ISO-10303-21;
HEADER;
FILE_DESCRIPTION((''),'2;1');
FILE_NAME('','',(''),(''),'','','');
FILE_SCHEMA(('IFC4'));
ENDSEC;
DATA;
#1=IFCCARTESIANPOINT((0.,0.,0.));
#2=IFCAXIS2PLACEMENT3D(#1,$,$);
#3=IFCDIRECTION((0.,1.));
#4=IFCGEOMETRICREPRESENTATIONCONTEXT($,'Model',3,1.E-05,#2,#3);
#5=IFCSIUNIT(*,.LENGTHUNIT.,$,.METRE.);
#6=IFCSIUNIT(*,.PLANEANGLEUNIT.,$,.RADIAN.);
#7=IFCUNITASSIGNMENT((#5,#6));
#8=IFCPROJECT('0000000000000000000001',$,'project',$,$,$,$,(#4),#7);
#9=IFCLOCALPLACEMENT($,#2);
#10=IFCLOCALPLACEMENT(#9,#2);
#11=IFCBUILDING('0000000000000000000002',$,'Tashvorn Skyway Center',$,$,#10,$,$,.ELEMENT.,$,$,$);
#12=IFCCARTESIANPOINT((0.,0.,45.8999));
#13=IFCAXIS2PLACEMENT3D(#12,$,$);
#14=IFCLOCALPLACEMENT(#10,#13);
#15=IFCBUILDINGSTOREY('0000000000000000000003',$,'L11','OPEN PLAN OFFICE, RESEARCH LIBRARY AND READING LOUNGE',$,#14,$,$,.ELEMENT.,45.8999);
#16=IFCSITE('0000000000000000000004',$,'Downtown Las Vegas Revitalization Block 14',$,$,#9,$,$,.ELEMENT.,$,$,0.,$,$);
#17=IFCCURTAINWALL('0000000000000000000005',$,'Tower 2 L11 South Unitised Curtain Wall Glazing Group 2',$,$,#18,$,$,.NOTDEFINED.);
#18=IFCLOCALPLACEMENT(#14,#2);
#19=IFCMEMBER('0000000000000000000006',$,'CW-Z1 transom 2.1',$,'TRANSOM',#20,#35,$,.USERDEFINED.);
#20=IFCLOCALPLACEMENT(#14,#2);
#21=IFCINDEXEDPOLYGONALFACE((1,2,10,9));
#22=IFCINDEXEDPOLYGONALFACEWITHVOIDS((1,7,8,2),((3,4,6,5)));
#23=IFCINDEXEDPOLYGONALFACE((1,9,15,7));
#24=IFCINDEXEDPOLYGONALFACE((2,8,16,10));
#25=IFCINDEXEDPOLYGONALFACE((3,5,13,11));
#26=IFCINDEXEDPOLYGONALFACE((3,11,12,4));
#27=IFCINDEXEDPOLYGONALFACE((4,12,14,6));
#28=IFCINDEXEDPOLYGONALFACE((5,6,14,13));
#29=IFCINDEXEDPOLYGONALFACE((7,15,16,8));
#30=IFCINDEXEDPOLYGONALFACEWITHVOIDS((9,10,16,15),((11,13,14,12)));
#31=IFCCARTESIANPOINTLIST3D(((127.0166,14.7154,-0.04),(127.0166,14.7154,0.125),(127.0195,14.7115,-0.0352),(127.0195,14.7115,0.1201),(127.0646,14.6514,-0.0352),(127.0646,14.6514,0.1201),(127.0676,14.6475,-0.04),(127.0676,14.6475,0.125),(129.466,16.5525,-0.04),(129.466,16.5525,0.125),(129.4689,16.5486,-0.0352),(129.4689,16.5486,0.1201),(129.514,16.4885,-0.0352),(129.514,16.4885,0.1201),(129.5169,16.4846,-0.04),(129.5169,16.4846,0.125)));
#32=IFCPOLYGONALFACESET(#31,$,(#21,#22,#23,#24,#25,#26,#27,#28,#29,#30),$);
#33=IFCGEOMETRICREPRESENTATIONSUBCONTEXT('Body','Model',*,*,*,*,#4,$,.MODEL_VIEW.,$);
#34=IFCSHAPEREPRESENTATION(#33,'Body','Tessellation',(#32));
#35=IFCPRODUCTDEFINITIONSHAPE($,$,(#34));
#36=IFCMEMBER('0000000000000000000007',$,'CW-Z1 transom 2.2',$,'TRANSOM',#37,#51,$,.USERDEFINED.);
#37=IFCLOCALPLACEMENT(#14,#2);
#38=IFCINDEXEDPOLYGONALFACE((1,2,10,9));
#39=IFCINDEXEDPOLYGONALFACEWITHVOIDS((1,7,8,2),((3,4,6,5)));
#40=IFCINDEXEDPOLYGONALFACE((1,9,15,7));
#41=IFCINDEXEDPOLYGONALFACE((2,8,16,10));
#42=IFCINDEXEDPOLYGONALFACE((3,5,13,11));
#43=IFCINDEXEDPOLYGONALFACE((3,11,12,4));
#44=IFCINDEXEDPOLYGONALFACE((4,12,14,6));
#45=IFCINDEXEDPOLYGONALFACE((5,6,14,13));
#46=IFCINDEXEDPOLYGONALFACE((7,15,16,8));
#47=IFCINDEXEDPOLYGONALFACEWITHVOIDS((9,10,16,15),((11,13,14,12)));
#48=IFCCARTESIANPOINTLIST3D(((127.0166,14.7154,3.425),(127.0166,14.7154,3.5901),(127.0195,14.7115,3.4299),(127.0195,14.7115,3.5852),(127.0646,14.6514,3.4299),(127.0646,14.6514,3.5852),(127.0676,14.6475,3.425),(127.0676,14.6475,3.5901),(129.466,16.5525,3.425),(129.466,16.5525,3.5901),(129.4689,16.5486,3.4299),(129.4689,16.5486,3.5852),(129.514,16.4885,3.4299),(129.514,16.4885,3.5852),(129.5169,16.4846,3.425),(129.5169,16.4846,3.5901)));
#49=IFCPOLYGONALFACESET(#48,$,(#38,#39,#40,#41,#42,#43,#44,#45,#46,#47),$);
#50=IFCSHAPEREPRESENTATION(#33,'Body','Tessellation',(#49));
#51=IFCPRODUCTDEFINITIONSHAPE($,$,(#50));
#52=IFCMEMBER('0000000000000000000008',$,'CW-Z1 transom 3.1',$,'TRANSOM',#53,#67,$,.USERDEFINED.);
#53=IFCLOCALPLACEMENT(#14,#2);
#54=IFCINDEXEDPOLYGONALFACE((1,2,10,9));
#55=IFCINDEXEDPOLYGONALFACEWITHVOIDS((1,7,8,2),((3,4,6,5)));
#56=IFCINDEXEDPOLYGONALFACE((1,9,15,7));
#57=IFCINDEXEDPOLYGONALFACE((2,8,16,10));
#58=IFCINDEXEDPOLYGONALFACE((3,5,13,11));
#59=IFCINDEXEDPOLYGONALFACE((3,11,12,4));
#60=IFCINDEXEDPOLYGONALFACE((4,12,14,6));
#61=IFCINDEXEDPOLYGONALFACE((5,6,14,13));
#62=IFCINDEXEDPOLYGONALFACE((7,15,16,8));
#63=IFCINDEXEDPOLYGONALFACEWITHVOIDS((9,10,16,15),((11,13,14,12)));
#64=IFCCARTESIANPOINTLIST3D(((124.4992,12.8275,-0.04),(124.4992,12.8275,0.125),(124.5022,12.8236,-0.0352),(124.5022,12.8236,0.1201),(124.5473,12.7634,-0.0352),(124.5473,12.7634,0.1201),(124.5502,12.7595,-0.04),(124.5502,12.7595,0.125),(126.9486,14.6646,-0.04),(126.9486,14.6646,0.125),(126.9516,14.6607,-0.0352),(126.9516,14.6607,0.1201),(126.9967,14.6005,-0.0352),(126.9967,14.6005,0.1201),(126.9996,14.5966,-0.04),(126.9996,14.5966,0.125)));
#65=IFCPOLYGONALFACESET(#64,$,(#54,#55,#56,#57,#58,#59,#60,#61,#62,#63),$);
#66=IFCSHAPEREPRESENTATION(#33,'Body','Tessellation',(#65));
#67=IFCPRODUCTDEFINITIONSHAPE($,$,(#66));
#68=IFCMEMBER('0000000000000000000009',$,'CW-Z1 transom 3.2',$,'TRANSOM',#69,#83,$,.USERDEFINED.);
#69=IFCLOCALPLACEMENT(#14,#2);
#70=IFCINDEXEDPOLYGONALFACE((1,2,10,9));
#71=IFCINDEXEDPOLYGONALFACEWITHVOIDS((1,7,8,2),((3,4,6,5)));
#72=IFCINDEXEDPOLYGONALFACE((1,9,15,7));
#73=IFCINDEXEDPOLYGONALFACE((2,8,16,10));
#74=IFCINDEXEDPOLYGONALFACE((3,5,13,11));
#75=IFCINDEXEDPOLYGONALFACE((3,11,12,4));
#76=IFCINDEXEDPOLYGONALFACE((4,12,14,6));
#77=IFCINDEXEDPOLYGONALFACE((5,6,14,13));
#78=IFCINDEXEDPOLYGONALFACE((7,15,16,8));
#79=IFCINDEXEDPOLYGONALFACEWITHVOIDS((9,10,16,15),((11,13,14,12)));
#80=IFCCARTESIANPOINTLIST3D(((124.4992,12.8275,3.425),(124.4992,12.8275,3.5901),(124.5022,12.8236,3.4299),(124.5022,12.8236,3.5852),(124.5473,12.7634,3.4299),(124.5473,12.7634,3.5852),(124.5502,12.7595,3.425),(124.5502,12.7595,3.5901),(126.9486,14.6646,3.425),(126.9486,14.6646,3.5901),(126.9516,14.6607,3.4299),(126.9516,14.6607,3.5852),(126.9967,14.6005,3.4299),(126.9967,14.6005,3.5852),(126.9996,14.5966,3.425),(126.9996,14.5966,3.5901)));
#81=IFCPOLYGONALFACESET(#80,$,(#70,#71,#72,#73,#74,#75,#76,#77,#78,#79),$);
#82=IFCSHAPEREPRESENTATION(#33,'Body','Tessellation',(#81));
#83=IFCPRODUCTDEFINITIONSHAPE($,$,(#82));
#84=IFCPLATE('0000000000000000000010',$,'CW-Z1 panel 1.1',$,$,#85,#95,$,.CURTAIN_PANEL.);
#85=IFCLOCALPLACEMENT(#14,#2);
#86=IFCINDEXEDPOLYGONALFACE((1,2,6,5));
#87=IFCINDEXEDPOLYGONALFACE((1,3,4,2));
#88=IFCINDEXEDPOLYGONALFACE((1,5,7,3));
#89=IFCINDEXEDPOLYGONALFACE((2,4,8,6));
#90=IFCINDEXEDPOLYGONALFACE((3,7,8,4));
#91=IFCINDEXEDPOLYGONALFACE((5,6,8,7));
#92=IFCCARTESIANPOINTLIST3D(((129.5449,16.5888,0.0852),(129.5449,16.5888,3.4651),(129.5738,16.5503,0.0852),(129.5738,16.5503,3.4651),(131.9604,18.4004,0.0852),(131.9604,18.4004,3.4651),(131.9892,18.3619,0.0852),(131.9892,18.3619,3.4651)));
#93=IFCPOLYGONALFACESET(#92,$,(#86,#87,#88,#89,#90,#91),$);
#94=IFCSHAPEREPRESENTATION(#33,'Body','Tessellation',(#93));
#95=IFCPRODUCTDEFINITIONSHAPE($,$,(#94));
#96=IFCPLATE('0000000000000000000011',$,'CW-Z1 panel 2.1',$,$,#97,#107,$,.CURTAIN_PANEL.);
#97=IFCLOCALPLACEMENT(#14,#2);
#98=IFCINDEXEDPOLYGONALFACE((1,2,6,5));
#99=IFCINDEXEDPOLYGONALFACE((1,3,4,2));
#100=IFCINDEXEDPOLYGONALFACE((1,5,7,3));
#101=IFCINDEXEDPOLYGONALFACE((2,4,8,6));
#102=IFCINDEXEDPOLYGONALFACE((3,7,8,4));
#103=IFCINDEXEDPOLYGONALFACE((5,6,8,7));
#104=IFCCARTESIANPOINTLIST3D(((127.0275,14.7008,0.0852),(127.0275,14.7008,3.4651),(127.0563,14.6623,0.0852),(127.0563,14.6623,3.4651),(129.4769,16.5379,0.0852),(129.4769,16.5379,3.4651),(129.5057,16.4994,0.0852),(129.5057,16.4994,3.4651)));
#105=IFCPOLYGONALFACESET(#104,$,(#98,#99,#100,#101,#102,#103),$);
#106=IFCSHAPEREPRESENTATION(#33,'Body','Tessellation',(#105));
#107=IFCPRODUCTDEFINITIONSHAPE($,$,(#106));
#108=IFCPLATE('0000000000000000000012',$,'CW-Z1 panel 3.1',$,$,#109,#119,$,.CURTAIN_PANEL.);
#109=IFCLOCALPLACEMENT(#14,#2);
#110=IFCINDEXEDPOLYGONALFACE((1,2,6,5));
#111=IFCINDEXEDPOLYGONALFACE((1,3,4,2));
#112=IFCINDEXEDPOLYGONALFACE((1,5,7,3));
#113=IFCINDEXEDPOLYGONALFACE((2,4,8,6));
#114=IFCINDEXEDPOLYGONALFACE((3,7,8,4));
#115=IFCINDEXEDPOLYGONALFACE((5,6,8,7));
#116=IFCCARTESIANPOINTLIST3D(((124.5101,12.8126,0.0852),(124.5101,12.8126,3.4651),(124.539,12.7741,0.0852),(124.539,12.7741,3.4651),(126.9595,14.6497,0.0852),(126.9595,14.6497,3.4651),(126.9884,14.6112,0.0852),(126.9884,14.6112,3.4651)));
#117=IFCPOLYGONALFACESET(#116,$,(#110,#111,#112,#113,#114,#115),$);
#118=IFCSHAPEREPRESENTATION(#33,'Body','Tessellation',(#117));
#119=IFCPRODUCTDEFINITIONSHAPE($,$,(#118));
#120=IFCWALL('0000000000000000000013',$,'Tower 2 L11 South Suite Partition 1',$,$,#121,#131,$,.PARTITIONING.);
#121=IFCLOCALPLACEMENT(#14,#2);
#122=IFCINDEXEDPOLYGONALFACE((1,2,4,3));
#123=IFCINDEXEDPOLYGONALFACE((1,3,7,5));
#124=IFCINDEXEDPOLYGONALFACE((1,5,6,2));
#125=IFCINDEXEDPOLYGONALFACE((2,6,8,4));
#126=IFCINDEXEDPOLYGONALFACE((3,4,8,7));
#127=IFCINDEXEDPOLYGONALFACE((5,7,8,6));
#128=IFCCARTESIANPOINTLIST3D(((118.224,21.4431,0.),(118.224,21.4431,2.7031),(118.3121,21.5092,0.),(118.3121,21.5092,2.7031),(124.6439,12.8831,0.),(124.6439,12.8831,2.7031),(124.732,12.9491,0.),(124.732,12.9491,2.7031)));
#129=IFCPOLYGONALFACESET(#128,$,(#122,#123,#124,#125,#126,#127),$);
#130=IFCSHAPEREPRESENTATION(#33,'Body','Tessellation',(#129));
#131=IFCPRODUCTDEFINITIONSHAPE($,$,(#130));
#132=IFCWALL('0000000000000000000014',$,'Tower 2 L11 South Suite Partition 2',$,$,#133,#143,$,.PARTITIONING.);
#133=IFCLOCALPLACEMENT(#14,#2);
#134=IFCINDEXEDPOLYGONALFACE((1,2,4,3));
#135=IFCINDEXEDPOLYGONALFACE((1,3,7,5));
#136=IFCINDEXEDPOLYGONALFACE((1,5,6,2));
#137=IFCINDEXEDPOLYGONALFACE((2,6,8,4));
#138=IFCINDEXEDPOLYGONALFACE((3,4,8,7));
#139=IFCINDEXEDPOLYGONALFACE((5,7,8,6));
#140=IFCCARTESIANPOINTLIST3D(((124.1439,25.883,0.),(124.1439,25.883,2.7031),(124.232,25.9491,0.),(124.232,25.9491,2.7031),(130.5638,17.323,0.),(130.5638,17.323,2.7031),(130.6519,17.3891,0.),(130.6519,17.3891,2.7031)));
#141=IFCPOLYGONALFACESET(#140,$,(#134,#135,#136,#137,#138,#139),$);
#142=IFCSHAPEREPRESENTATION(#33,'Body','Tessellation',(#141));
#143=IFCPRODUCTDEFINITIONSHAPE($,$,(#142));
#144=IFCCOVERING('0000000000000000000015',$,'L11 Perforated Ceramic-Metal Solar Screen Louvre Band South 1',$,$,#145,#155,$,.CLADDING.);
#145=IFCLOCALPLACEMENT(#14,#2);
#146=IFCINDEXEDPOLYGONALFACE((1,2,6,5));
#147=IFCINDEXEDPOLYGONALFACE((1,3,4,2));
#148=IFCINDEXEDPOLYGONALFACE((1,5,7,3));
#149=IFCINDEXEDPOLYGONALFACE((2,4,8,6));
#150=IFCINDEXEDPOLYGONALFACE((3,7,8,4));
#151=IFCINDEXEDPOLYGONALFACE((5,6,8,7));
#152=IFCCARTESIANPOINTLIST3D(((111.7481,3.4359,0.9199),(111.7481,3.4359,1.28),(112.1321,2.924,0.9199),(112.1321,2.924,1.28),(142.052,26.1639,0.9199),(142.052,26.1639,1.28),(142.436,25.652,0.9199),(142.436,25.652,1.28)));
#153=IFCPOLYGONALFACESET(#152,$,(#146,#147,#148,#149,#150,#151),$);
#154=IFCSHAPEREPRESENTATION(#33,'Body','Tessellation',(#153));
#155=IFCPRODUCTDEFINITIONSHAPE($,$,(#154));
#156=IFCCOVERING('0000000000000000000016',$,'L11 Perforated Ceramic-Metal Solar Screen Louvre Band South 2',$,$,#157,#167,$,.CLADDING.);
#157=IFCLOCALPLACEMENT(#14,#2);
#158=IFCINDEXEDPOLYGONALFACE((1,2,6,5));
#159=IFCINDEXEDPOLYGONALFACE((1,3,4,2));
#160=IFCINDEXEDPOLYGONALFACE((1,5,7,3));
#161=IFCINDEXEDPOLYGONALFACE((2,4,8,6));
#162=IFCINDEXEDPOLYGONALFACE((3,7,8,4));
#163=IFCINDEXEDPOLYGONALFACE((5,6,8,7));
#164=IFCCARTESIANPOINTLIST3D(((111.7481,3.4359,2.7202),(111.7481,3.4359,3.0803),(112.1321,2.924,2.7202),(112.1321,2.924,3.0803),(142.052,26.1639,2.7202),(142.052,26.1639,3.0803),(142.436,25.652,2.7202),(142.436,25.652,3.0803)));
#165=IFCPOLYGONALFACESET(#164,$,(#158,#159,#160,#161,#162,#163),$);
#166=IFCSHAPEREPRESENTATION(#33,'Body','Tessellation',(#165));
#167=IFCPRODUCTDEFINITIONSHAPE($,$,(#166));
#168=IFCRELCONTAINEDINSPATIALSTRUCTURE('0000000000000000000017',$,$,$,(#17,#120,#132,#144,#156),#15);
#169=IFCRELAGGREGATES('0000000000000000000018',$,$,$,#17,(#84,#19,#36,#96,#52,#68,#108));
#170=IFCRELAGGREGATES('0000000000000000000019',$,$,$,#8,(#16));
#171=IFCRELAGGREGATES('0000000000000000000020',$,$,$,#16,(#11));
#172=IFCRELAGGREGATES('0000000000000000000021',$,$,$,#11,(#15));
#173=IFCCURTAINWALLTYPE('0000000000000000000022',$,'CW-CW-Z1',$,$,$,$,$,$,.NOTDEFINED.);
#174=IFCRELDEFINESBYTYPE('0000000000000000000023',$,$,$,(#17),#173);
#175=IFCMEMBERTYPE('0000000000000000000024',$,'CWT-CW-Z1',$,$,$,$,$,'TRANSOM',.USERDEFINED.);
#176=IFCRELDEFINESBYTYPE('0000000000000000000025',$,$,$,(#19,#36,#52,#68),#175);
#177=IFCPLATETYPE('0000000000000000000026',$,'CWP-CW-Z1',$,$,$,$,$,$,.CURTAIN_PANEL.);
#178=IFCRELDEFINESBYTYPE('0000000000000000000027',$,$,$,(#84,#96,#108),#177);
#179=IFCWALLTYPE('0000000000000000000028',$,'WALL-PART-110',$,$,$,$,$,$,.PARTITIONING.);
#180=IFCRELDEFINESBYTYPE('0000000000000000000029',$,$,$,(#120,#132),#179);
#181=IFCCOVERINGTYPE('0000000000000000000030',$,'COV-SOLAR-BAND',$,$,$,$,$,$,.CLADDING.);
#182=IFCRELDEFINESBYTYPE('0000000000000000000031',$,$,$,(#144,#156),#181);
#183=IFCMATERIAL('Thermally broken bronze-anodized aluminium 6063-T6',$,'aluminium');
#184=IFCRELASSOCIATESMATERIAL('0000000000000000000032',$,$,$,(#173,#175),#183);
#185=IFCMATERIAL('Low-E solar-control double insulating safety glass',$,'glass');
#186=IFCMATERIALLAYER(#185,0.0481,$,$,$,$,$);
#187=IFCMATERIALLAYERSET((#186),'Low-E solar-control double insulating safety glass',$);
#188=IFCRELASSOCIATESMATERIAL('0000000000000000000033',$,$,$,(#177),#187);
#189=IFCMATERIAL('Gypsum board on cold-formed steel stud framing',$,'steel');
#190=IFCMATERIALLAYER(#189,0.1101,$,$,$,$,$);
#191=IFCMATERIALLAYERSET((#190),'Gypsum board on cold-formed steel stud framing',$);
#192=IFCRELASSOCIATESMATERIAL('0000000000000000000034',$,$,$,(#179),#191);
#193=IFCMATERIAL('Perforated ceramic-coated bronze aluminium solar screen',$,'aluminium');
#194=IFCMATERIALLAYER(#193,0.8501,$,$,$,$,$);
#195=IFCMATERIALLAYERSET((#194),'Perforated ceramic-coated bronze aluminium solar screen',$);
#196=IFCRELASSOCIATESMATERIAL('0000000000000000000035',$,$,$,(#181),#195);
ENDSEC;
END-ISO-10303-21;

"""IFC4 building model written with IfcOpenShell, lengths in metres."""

from ifc_helpers import new_model, si_unit, direction, frame, frame_2d, origin, origin_2d, place, context, subcontext, project, spatial, rectangle, hollow_rectangle, extrude, material, layer, layer_set, material_profile, profile_set, type_object, element, aggregate, save


model = new_model("IFC4")

# Units and contexts
model_context = context("Model", 3, precision=1e-05, world=origin(), true_north=direction((0.0, 1.0)))
body_context = subcontext(model_context, "Body", "Model", "MODEL_VIEW")
ifc_project = project(units=[si_unit("LENGTHUNIT", "METRE"), si_unit("PLANEANGLEUNIT", "RADIAN")], contexts=[model_context])

# Site, building, storey
site_placement = place(None, origin())
site = spatial("IfcSite", under=ifc_project, at=site_placement, Name="Downtown Las Vegas Revitalization Block 14", CompositionType="ELEMENT", RefElevation=0.0)
building_placement = place(site_placement, origin())
building = spatial("IfcBuilding", under=site, at=building_placement, Name="Tashvorn Skyway Center", CompositionType="ELEMENT")
storey_placement = place(building_placement, frame((0.0, 0.0, 45.8999)))
storey = spatial("IfcBuildingStorey", under=building, at=storey_placement, Name="L11", Description="OPEN PLAN OFFICE, RESEARCH LIBRARY AND READING LOUNGE", CompositionType="ELEMENT", Elevation=45.8999)

# Curtain wall, members, plates
ifc_material_1 = material(Name="Thermally broken bronze-anodized aluminium 6063-T6", Category="aluminium")
curtain_wall_type = type_object("IfcCurtainWallType", Name="CW-CW-Z1", PredefinedType="NOTDEFINED", material=ifc_material_1)
curtain_wall_placement = place(storey_placement, origin())
curtain_wall = element("IfcCurtainWall", 1, at=curtain_wall_placement, inside=storey, type_object=curtain_wall_type, Name="Tower 2 L11 South Unitised Curtain Wall Glazing Group 2", PredefinedType="NOTDEFINED")
ifc_material_profile_1 = material_profile(ifc_material_1, hollow_rectangle(XDim=0.085, YDim=0.165, WallThickness=0.0049, at=origin_2d()), Name="ALU-TRAN-85x165")
ifc_profile_set_1 = profile_set([ifc_material_profile_1], Name="Thermally broken bronze-anodized aluminium 6063-T6")
member_type_1 = type_object("IfcMemberType", Name="CWT-CW-Z1", ElementType="TRANSOM", PredefinedType="USERDEFINED", material=ifc_profile_set_1)
member_1_placement = place(storey_placement, frame((129.4915, 16.5186, 0.0425), z_axis=(-0.79999, -0.600013, 0.0), x_axis=(0.600013, -0.79999, 0.0)))
member_1 = element("IfcMember", 2, at=member_1_placement, type_object=member_type_1, Name="CW-Z1 transom 2.1", ObjectType="TRANSOM", PredefinedType="USERDEFINED", context=body_context, shape_type="SweptSolid", body=[
    extrude(hollow_rectangle(XDim=0.085, YDim=0.165, WallThickness=0.0049, at=origin_2d()), origin(), (0.0, 0.0, 1.0), 3.0618),
])
member_2_placement = place(storey_placement, frame((129.4915, 16.5186, 3.5076), z_axis=(-0.79999, -0.600013, 0.0), x_axis=(0.600013, -0.79999, 0.0)))
member_2 = element("IfcMember", 3, at=member_2_placement, type_object=member_type_1, Name="CW-Z1 transom 2.2", ObjectType="TRANSOM", PredefinedType="USERDEFINED", context=body_context, shape_type="SweptSolid", body=[
    extrude(hollow_rectangle(XDim=0.085, YDim=0.165, WallThickness=0.0049, at=origin_2d()), origin(), (0.0, 0.0, 1.0), 3.0618),
])
member_3_placement = place(storey_placement, frame((126.9741, 14.6306, 0.0425), z_axis=(-0.79999, -0.600013, 0.0), x_axis=(0.600013, -0.79999, 0.0)))
member_3 = element("IfcMember", 4, at=member_3_placement, type_object=member_type_1, Name="CW-Z1 transom 3.1", ObjectType="TRANSOM", PredefinedType="USERDEFINED", context=body_context, shape_type="SweptSolid", body=[
    extrude(hollow_rectangle(XDim=0.085, YDim=0.165, WallThickness=0.0049, at=origin_2d()), origin(), (0.0, 0.0, 1.0), 3.0618),
])
member_4_placement = place(storey_placement, frame((126.9741, 14.6306, 3.5076), z_axis=(-0.79999, -0.600013, 0.0), x_axis=(0.600013, -0.79999, 0.0)))
member_4 = element("IfcMember", 5, at=member_4_placement, type_object=member_type_1, Name="CW-Z1 transom 3.2", ObjectType="TRANSOM", PredefinedType="USERDEFINED", context=body_context, shape_type="SweptSolid", body=[
    extrude(hollow_rectangle(XDim=0.085, YDim=0.165, WallThickness=0.0049, at=origin_2d()), origin(), (0.0, 0.0, 1.0), 3.0618),
])
ifc_material_2 = material(Name="Low-E solar-control double insulating safety glass", Category="glass")
ifc_layer_1 = layer(ifc_material_2, 0.0481)
ifc_layer_set_1 = layer_set([ifc_layer_1], Name="Low-E solar-control double insulating safety glass")
plate_type = type_object("IfcPlateType", Name="CWP-CW-Z1", PredefinedType="CURTAIN_PANEL", material=ifc_layer_set_1)
plate_1_placement = place(storey_placement, frame((130.7671, 17.4753, 0.0852), z_axis=(0.0, 0.0, 1.0), x_axis=(-0.800002, -0.599997, 0.0)))
plate_1 = element("IfcPlate", 6, at=plate_1_placement, type_object=plate_type, Name="CW-Z1 panel 1.1", PredefinedType="CURTAIN_PANEL", context=body_context, shape_type="SweptSolid", body=[
    extrude(rectangle(XDim=3.0193, YDim=0.0481, at=origin_2d()), origin(), (0.0, 0.0, 1.0), 3.3799),
])
plate_2_placement = place(storey_placement, frame((128.2666, 15.6001, 0.0852), z_axis=(0.0, 0.0, 1.0), x_axis=(-0.800002, -0.599997, 0.0)))
plate_2 = element("IfcPlate", 7, at=plate_2_placement, type_object=plate_type, Name="CW-Z1 panel 2.1", PredefinedType="CURTAIN_PANEL", context=body_context, shape_type="SweptSolid", body=[
    extrude(rectangle(XDim=3.0618, YDim=0.0481, at=origin_2d()), origin(), (0.0, 0.0, 1.0), 3.3799),
])
plate_3_placement = place(storey_placement, frame((125.7493, 13.7119, 0.0852), z_axis=(0.0, 0.0, 1.0), x_axis=(-0.800002, -0.599997, 0.0)))
plate_3 = element("IfcPlate", 8, at=plate_3_placement, type_object=plate_type, Name="CW-Z1 panel 3.1", PredefinedType="CURTAIN_PANEL", context=body_context, shape_type="SweptSolid", body=[
    extrude(rectangle(XDim=3.0618, YDim=0.0481, at=origin_2d()), origin(), (0.0, 0.0, 1.0), 3.3799),
])
aggregate(curtain_wall, [plate_1, member_1, member_2, plate_2, member_3, member_4, plate_3])

# Walls
ifc_material_3 = material(Name="Gypsum board on cold-formed steel stud framing", Category="steel")
ifc_layer_2 = layer(ifc_material_3, 0.1101)
ifc_layer_set_2 = layer_set([ifc_layer_2], Name="Gypsum board on cold-formed steel stud framing")
wall_type = type_object("IfcWallType", Name="WALL-PART-110", PredefinedType="PARTITIONING", material=ifc_layer_set_2)
for number, where, z_axis, x_axis, name in (
    (9, (124.688, 12.916, 0.0), (0.0, 0.0, 1.0), (-0.599993, 0.800005, 0.0), "Tower 2 L11 South Suite Partition 1"),
    (10, (130.6079, 17.356, 0.0), (0.0, 0.0, 1.0), (-0.599993, 0.800005, 0.0), "Tower 2 L11 South Suite Partition 2"),
):
    element("IfcWall", number, at=place(storey_placement, frame(where, z_axis=z_axis, x_axis=x_axis)), inside=storey, type_object=wall_type, Name=name, PredefinedType="PARTITIONING", context=body_context, shape_type="SweptSolid", body=[
        extrude(rectangle(XDim=10.7, YDim=0.1101, at=frame_2d((5.3501, 0.0))), origin(), (0.0, 0.0, 1.0), 2.7031),
    ])

# Coverings
ifc_material_4 = material(Name="Perforated ceramic-coated bronze aluminium solar screen", Category="aluminium")
ifc_layer_3 = layer(ifc_material_4, 0.8501)
ifc_layer_set_3 = layer_set([ifc_layer_3], Name="Perforated ceramic-coated bronze aluminium solar screen")
covering_type = type_object("IfcCoveringType", Name="COV-SOLAR-BAND", PredefinedType="CLADDING", material=ifc_layer_set_3)
for number, where, z_axis, x_axis, name in (
    (11, (127.092, 14.5439, 0.9199), (0.0, 0.0, 1.0), (-0.8, -0.6, 0.0), "L11 Perforated Ceramic-Metal Solar Screen Louvre Band South 1"),
    (12, (127.092, 14.5439, 2.7202), (0.0, 0.0, 1.0), (-0.8, -0.6, 0.0), "L11 Perforated Ceramic-Metal Solar Screen Louvre Band South 2"),
):
    element("IfcCovering", number, at=place(storey_placement, frame(where, z_axis=z_axis, x_axis=x_axis)), inside=storey, type_object=covering_type, Name=name, PredefinedType="CLADDING", context=body_context, shape_type="SweptSolid", body=[
        extrude(rectangle(XDim=37.8799, YDim=0.6399, at=origin_2d()), origin(), (0.0, 0.0, 1.0), 0.3601),
    ])

save(model, "model.ifc")
